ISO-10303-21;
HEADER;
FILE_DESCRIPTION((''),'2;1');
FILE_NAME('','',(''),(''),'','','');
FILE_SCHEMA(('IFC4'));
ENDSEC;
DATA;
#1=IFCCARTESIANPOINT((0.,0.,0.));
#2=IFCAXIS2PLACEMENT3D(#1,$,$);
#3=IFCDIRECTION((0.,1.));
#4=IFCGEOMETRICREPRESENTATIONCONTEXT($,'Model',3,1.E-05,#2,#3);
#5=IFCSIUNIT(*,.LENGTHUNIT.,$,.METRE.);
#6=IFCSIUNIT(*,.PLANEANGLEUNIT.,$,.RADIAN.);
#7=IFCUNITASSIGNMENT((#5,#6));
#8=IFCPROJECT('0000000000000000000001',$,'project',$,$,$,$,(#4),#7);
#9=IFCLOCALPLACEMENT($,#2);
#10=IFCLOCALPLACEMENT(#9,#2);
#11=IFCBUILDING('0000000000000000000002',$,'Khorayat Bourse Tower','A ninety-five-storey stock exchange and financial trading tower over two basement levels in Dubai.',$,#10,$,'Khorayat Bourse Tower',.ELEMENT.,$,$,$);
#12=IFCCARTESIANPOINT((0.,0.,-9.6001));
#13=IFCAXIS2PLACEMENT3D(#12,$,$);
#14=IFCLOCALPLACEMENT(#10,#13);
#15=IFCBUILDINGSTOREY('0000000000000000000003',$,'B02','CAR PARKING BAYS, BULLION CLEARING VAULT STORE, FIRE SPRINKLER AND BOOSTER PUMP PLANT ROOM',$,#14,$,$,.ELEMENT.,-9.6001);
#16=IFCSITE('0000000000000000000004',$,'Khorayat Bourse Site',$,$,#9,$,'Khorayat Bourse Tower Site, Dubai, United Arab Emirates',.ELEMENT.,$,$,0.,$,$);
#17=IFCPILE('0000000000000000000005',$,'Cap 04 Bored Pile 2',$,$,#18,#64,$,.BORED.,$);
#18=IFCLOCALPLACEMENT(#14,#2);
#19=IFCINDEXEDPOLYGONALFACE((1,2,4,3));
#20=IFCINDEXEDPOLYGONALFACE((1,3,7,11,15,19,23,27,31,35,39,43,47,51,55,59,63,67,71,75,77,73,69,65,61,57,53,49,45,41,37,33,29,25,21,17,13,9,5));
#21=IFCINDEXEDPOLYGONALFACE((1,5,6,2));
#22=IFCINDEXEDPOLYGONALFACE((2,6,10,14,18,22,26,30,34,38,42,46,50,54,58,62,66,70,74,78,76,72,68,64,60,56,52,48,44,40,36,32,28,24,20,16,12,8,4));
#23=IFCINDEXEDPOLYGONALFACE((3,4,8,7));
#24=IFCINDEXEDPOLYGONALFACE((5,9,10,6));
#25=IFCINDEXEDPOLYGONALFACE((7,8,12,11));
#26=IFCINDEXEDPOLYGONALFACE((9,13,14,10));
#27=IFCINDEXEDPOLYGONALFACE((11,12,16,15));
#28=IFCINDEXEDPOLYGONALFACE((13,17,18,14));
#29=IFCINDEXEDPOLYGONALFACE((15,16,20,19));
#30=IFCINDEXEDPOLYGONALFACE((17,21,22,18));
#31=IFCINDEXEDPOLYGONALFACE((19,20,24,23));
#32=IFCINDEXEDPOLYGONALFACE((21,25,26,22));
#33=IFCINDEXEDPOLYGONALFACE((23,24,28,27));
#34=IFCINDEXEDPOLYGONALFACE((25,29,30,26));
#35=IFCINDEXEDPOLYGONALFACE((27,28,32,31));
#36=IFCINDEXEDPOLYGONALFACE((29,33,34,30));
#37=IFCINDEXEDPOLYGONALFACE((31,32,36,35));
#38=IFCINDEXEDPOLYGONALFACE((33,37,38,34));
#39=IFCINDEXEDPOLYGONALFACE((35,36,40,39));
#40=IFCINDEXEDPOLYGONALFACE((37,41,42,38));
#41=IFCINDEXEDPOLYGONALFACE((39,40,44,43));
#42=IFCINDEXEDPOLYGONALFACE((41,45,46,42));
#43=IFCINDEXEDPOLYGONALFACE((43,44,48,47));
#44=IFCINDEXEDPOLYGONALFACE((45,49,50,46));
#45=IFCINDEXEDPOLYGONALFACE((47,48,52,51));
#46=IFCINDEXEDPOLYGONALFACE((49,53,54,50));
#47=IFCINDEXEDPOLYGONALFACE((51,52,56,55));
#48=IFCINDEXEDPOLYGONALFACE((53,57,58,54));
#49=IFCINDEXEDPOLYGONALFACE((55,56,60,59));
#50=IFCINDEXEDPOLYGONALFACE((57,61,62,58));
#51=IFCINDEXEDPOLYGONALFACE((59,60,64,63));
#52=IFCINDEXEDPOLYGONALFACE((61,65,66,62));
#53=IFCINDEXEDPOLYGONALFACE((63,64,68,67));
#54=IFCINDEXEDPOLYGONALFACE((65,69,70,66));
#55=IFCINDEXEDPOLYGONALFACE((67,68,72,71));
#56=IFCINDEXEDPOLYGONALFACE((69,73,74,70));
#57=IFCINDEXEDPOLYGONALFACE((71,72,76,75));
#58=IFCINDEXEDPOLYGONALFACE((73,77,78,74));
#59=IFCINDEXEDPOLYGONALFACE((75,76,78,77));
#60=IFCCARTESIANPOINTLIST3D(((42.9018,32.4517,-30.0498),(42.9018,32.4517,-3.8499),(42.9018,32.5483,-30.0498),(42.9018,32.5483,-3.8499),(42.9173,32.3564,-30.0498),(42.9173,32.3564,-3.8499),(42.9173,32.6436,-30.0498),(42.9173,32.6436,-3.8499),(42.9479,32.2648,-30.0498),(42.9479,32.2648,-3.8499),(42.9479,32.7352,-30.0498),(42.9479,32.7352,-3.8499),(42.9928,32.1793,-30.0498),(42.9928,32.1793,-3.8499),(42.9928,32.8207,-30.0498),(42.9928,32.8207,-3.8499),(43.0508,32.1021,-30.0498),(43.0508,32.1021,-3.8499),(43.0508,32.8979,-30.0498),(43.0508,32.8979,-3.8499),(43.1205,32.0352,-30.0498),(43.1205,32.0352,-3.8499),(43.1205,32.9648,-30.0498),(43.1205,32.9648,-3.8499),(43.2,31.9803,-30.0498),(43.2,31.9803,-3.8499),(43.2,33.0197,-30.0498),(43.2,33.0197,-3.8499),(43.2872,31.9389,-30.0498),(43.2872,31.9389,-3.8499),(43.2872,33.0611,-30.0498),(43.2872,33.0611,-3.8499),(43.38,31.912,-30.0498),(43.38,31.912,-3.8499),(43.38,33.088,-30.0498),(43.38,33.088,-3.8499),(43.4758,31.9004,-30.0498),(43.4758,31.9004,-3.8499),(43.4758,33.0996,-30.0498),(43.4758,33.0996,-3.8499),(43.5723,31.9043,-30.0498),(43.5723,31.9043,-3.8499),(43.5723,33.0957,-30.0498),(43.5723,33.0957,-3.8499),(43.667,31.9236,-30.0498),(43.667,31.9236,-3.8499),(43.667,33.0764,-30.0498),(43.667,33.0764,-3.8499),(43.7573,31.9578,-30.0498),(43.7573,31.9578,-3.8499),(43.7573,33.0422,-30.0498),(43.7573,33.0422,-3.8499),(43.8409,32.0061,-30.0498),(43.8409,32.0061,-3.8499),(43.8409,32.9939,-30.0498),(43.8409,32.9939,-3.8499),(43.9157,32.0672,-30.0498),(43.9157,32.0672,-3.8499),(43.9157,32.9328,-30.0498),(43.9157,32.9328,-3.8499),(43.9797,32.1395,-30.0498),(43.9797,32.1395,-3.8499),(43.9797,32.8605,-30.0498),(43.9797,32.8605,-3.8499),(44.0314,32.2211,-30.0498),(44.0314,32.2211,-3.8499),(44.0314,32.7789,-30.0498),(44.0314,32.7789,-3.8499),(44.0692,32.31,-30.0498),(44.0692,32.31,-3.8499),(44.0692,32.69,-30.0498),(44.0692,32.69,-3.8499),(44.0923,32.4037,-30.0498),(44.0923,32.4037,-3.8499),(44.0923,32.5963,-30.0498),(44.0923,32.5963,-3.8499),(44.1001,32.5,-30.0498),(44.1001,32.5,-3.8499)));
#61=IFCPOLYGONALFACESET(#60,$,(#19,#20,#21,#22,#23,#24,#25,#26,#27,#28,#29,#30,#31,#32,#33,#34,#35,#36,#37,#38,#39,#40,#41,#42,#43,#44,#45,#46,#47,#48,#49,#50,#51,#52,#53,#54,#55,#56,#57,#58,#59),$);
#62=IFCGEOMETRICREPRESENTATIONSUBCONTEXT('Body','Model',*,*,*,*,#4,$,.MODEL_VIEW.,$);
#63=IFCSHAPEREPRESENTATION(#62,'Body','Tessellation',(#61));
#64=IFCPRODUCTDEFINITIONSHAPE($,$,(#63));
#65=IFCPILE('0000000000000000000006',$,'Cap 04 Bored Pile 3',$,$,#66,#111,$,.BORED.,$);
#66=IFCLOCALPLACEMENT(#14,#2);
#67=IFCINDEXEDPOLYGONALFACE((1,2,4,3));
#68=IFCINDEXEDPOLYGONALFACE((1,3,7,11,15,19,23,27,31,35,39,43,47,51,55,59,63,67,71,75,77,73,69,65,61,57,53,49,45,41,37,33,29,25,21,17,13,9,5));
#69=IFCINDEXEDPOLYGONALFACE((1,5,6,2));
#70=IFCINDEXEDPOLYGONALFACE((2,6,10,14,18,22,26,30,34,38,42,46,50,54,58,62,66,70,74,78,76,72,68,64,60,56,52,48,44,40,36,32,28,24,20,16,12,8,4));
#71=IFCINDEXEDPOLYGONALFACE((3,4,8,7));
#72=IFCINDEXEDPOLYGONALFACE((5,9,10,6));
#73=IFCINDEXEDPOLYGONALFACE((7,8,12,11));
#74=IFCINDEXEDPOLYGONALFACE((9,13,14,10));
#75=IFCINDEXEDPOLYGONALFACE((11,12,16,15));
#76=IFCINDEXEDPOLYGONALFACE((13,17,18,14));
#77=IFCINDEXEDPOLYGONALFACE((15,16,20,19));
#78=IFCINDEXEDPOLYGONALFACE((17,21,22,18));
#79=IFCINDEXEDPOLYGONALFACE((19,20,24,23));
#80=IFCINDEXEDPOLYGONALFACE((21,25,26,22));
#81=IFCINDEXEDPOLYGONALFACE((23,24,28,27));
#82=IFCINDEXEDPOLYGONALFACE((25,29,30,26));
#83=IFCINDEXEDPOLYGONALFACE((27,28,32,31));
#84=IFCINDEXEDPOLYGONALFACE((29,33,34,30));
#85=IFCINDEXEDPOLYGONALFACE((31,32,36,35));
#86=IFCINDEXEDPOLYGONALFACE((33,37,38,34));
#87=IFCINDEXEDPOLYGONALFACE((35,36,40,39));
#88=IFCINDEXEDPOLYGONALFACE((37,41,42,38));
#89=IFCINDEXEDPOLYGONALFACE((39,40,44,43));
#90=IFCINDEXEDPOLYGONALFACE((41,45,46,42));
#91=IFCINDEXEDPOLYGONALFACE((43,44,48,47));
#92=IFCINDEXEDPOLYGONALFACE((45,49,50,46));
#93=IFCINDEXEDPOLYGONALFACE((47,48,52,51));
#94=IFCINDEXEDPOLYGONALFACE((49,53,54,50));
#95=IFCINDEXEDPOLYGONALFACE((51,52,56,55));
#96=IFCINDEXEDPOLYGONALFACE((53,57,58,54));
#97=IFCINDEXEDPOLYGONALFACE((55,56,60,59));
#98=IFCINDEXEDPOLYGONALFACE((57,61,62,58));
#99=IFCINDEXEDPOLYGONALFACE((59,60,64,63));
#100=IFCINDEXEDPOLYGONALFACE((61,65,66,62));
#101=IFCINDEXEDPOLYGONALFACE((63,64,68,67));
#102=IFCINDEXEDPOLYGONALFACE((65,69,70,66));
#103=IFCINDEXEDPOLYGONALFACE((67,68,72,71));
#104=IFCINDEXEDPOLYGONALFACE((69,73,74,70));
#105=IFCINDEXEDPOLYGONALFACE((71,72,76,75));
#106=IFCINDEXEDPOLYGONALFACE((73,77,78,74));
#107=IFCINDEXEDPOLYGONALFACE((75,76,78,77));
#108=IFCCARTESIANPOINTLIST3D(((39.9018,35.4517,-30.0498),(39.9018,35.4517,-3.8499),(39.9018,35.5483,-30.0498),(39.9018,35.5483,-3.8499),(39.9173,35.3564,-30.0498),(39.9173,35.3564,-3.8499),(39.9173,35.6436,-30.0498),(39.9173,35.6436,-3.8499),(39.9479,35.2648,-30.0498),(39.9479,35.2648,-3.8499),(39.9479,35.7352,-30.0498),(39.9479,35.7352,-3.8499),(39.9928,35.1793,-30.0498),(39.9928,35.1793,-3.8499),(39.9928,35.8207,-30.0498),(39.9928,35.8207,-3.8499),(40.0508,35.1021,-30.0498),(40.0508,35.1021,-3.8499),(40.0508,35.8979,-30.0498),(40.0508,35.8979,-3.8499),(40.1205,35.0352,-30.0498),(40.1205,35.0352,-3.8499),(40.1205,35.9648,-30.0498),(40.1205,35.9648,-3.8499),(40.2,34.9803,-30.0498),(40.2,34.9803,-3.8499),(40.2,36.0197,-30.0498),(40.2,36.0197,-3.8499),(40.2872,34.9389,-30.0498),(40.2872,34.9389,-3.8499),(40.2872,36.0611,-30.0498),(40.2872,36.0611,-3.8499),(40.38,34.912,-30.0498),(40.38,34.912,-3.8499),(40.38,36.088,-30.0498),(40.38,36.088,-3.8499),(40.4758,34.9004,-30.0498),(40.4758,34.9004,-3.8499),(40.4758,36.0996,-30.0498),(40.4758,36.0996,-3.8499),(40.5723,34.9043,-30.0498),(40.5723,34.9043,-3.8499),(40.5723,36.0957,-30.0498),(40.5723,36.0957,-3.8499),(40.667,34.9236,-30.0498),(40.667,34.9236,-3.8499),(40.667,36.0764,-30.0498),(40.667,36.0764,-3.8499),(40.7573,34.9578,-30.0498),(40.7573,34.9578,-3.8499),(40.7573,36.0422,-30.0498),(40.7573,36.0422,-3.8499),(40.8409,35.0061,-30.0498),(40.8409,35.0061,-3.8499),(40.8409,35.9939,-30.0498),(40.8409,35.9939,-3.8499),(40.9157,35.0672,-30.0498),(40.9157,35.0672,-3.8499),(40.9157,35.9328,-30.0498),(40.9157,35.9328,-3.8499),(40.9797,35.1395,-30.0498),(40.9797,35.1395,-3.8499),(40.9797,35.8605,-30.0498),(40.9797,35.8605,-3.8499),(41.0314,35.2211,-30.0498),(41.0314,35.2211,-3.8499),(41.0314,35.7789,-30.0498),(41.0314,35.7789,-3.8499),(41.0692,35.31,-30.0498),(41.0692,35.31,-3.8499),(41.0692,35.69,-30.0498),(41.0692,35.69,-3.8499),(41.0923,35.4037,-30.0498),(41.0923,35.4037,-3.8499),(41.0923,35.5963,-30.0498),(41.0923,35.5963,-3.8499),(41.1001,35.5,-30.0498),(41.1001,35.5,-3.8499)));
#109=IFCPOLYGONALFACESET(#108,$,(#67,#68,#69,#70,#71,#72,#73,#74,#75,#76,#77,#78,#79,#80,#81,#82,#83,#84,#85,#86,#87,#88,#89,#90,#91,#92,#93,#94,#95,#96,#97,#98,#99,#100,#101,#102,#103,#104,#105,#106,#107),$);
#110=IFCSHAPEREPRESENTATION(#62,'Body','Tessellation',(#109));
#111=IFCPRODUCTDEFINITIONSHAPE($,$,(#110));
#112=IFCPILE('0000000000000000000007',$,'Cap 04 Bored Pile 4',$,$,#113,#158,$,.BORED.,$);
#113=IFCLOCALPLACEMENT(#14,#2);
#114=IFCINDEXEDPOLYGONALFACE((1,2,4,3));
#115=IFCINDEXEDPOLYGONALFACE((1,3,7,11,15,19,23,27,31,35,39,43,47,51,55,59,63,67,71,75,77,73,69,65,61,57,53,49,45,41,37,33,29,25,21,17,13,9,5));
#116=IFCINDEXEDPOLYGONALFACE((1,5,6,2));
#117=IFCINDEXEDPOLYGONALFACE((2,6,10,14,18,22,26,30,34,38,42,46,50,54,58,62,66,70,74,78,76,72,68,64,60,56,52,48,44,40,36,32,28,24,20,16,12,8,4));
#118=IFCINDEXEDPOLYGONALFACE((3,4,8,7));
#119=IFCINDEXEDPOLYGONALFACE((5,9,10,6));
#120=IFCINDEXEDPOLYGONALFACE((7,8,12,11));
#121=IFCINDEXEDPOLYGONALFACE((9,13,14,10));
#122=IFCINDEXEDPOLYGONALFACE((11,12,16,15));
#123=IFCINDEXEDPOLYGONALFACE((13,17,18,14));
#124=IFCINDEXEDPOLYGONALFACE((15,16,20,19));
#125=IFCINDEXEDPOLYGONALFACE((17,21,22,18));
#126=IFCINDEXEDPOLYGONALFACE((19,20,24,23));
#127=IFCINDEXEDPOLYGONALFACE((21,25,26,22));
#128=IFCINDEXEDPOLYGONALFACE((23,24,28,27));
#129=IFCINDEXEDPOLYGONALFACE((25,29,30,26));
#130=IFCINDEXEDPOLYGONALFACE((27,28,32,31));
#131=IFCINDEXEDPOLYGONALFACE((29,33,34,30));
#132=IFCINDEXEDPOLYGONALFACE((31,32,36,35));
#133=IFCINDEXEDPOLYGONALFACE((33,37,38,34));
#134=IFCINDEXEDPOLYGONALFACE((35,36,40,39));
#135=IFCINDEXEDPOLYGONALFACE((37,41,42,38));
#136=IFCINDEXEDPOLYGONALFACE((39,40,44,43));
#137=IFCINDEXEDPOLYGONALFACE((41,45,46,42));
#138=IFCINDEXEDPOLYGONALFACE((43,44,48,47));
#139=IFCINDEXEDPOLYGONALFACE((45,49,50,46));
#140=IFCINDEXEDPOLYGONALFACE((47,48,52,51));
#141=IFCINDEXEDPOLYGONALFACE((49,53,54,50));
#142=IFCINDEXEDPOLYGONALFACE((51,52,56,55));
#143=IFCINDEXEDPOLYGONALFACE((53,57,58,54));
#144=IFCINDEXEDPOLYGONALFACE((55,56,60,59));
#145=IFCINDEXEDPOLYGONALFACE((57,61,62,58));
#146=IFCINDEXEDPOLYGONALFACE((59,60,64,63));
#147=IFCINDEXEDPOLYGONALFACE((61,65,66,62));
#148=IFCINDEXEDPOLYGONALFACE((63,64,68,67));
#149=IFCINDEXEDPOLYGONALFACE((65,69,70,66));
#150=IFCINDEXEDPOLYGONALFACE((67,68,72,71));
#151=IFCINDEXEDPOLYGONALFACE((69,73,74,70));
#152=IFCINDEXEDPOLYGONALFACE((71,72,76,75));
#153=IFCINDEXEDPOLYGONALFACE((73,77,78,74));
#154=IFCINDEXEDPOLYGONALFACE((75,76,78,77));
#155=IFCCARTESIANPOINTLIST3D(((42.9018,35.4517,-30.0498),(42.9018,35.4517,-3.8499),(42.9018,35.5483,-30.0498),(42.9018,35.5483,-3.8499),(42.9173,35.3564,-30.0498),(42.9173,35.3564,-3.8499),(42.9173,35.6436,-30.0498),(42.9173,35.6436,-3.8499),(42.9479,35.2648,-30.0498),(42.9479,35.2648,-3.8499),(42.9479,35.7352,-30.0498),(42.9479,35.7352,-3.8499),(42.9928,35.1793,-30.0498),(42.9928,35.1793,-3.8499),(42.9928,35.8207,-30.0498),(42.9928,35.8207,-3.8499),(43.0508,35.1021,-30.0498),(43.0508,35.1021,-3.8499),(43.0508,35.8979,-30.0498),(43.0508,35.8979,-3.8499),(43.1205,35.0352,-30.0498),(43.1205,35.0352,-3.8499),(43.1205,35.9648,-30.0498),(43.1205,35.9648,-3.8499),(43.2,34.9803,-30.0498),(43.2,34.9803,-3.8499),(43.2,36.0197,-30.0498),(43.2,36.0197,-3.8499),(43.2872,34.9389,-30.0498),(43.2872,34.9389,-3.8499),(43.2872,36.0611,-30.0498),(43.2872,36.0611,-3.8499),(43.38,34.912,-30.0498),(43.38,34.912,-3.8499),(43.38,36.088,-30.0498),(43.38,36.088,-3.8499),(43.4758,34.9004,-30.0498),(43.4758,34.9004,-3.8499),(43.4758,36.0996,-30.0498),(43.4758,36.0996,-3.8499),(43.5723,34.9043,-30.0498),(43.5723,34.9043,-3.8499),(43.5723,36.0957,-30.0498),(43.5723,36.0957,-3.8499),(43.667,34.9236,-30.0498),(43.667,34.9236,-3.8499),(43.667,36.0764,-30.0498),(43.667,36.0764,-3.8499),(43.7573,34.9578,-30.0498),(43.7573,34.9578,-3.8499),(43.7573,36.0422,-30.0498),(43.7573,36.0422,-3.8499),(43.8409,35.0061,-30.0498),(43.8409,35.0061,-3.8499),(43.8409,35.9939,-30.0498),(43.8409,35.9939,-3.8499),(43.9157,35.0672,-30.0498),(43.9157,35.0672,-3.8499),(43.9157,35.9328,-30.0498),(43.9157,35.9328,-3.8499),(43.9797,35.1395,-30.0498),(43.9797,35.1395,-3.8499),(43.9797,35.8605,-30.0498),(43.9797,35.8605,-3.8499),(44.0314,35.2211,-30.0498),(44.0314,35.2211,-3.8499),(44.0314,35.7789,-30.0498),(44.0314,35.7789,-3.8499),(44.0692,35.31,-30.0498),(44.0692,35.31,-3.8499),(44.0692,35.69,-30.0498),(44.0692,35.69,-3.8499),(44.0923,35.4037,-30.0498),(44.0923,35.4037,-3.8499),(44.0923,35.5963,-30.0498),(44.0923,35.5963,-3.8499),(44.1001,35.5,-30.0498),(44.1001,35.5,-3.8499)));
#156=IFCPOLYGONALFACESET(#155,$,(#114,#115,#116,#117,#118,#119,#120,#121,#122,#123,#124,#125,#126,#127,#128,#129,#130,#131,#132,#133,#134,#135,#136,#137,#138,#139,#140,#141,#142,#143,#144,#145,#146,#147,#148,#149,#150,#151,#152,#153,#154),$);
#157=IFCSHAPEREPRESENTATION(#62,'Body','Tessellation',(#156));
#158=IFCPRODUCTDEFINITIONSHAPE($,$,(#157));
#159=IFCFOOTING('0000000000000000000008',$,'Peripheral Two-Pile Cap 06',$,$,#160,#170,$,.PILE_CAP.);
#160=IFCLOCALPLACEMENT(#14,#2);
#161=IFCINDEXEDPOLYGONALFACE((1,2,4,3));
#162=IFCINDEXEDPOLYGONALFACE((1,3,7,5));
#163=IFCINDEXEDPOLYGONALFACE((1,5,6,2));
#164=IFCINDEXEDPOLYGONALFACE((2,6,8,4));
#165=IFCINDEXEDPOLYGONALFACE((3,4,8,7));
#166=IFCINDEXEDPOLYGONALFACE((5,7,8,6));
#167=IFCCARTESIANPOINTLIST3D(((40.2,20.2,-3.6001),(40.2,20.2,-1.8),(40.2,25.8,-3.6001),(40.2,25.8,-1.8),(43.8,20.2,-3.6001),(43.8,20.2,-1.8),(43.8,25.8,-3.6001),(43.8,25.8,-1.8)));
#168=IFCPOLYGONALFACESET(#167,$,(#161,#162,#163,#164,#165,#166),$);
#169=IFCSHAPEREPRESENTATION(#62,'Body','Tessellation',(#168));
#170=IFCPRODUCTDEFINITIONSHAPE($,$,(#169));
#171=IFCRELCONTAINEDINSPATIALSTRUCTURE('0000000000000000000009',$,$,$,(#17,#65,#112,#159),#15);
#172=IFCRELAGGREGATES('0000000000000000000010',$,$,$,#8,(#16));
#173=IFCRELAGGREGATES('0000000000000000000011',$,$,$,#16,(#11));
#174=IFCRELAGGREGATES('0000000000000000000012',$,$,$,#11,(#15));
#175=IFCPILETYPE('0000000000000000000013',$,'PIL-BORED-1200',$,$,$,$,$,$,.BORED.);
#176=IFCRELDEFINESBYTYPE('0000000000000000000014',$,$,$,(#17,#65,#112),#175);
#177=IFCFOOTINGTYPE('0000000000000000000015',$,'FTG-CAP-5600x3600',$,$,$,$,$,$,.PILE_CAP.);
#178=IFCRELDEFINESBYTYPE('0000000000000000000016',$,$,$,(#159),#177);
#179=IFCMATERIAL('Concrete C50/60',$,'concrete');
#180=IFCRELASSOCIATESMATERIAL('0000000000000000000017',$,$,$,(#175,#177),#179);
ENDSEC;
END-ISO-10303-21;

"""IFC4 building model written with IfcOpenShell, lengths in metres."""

from ifc_helpers import new_model, si_unit, direction, frame, origin, origin_2d, place, context, subcontext, project, spatial, rectangle, circle, extrude, source, transform, mapped, material, material_profile, profile_set, type_object, element, save


model = new_model("IFC4")

# Units and contexts
model_context = context("Model", 3, precision=1e-05, world=origin(), true_north=direction((0.0, 1.0)))
body_context = subcontext(model_context, "Body", "Model", "MODEL_VIEW")
ifc_project = project(units=[si_unit("LENGTHUNIT", "METRE"), si_unit("PLANEANGLEUNIT", "RADIAN")], contexts=[model_context])

# Site, building, storey
site_placement = place(None, origin())
site = spatial("IfcSite", under=ifc_project, at=site_placement, Name="Khorayat Bourse Site", LongName="Khorayat Bourse Tower Site, Dubai, United Arab Emirates", CompositionType="ELEMENT", RefElevation=0.0)
building_placement = place(site_placement, origin())
building = spatial("IfcBuilding", under=site, at=building_placement, Name="Khorayat Bourse Tower", Description="A ninety-five-storey stock exchange and financial trading tower over two basement levels in Dubai.", LongName="Khorayat Bourse Tower", CompositionType="ELEMENT")
storey_placement = place(building_placement, frame((0.0, 0.0, -9.6001)))
storey = spatial("IfcBuildingStorey", under=building, at=storey_placement, Name="B02", Description="CAR PARKING BAYS, BULLION CLEARING VAULT STORE, FIRE SPRINKLER AND BOOSTER PUMP PLANT ROOM", CompositionType="ELEMENT", Elevation=-9.6001)

# Shared definitions
ifc_material_1 = material(Name="Concrete C50/60", Category="concrete")

# Piles
ifc_material_profile_1 = material_profile(ifc_material_1, circle(Radius=0.6001, at=origin_2d()), Name="BORED PILE D1200")
ifc_profile_set_1 = profile_set([ifc_material_profile_1], Name="Concrete C50/60")
pile_type_1 = type_object("IfcPileType", Name="PIL-BORED-1200", PredefinedType="BORED", material=ifc_profile_set_1)
shared_shape_1 = source(origin(), body_context, "Body", "SweptSolid", [
    extrude(circle(Radius=0.6001, at=origin_2d()), origin(), (0.0, 0.0, 1.0), 26.2),
])
for number, where, z_axis, x_axis, name in (
    (1, (43.5, 32.5, -3.8499), (0.0, 0.0, -1.0), (1.0, 0.0, 0.0), "Cap 04 Bored Pile 2"),
    (2, (40.5, 35.5, -3.8499), (0.0, 0.0, -1.0), (1.0, 0.0, 0.0), "Cap 04 Bored Pile 3"),
    (3, (43.5, 35.5, -3.8499), (0.0, 0.0, -1.0), (1.0, 0.0, 0.0), "Cap 04 Bored Pile 4"),
):
    element("IfcPile", number, at=place(storey_placement, frame(where, z_axis=z_axis, x_axis=x_axis)), inside=storey, type_object=pile_type_1, Name=name, PredefinedType="BORED", context=body_context, shape_type="MappedRepresentation", body=[
        mapped(shared_shape_1, transform((0.0, 0.0, 0.0), scale=1.0)),
    ])

# Footing
footing_type_1 = type_object("IfcFootingType", Name="FTG-CAP-5600x3600", PredefinedType="PILE_CAP", material=ifc_material_1)
shared_shape_2 = source(origin(), body_context, "Body", "SweptSolid", [
    extrude(rectangle(XDim=3.6001, YDim=5.6001, at=origin_2d()), origin(), (0.0, 0.0, 1.0), 1.8),
])
footing_1_placement = place(storey_placement, frame((42.0, 23.0, -3.6001), z_axis=(0.0, 0.0, 1.0), x_axis=(1.0, 0.0, 0.0)))
element("IfcFooting", 4, at=footing_1_placement, inside=storey, type_object=footing_type_1, Name="Peripheral Two-Pile Cap 06", PredefinedType="PILE_CAP", context=body_context, shape_type="MappedRepresentation", body=[
    mapped(shared_shape_2, transform((0.0, 0.0, 0.0), scale=1.0)),
])

save(model, "model.ifc")
